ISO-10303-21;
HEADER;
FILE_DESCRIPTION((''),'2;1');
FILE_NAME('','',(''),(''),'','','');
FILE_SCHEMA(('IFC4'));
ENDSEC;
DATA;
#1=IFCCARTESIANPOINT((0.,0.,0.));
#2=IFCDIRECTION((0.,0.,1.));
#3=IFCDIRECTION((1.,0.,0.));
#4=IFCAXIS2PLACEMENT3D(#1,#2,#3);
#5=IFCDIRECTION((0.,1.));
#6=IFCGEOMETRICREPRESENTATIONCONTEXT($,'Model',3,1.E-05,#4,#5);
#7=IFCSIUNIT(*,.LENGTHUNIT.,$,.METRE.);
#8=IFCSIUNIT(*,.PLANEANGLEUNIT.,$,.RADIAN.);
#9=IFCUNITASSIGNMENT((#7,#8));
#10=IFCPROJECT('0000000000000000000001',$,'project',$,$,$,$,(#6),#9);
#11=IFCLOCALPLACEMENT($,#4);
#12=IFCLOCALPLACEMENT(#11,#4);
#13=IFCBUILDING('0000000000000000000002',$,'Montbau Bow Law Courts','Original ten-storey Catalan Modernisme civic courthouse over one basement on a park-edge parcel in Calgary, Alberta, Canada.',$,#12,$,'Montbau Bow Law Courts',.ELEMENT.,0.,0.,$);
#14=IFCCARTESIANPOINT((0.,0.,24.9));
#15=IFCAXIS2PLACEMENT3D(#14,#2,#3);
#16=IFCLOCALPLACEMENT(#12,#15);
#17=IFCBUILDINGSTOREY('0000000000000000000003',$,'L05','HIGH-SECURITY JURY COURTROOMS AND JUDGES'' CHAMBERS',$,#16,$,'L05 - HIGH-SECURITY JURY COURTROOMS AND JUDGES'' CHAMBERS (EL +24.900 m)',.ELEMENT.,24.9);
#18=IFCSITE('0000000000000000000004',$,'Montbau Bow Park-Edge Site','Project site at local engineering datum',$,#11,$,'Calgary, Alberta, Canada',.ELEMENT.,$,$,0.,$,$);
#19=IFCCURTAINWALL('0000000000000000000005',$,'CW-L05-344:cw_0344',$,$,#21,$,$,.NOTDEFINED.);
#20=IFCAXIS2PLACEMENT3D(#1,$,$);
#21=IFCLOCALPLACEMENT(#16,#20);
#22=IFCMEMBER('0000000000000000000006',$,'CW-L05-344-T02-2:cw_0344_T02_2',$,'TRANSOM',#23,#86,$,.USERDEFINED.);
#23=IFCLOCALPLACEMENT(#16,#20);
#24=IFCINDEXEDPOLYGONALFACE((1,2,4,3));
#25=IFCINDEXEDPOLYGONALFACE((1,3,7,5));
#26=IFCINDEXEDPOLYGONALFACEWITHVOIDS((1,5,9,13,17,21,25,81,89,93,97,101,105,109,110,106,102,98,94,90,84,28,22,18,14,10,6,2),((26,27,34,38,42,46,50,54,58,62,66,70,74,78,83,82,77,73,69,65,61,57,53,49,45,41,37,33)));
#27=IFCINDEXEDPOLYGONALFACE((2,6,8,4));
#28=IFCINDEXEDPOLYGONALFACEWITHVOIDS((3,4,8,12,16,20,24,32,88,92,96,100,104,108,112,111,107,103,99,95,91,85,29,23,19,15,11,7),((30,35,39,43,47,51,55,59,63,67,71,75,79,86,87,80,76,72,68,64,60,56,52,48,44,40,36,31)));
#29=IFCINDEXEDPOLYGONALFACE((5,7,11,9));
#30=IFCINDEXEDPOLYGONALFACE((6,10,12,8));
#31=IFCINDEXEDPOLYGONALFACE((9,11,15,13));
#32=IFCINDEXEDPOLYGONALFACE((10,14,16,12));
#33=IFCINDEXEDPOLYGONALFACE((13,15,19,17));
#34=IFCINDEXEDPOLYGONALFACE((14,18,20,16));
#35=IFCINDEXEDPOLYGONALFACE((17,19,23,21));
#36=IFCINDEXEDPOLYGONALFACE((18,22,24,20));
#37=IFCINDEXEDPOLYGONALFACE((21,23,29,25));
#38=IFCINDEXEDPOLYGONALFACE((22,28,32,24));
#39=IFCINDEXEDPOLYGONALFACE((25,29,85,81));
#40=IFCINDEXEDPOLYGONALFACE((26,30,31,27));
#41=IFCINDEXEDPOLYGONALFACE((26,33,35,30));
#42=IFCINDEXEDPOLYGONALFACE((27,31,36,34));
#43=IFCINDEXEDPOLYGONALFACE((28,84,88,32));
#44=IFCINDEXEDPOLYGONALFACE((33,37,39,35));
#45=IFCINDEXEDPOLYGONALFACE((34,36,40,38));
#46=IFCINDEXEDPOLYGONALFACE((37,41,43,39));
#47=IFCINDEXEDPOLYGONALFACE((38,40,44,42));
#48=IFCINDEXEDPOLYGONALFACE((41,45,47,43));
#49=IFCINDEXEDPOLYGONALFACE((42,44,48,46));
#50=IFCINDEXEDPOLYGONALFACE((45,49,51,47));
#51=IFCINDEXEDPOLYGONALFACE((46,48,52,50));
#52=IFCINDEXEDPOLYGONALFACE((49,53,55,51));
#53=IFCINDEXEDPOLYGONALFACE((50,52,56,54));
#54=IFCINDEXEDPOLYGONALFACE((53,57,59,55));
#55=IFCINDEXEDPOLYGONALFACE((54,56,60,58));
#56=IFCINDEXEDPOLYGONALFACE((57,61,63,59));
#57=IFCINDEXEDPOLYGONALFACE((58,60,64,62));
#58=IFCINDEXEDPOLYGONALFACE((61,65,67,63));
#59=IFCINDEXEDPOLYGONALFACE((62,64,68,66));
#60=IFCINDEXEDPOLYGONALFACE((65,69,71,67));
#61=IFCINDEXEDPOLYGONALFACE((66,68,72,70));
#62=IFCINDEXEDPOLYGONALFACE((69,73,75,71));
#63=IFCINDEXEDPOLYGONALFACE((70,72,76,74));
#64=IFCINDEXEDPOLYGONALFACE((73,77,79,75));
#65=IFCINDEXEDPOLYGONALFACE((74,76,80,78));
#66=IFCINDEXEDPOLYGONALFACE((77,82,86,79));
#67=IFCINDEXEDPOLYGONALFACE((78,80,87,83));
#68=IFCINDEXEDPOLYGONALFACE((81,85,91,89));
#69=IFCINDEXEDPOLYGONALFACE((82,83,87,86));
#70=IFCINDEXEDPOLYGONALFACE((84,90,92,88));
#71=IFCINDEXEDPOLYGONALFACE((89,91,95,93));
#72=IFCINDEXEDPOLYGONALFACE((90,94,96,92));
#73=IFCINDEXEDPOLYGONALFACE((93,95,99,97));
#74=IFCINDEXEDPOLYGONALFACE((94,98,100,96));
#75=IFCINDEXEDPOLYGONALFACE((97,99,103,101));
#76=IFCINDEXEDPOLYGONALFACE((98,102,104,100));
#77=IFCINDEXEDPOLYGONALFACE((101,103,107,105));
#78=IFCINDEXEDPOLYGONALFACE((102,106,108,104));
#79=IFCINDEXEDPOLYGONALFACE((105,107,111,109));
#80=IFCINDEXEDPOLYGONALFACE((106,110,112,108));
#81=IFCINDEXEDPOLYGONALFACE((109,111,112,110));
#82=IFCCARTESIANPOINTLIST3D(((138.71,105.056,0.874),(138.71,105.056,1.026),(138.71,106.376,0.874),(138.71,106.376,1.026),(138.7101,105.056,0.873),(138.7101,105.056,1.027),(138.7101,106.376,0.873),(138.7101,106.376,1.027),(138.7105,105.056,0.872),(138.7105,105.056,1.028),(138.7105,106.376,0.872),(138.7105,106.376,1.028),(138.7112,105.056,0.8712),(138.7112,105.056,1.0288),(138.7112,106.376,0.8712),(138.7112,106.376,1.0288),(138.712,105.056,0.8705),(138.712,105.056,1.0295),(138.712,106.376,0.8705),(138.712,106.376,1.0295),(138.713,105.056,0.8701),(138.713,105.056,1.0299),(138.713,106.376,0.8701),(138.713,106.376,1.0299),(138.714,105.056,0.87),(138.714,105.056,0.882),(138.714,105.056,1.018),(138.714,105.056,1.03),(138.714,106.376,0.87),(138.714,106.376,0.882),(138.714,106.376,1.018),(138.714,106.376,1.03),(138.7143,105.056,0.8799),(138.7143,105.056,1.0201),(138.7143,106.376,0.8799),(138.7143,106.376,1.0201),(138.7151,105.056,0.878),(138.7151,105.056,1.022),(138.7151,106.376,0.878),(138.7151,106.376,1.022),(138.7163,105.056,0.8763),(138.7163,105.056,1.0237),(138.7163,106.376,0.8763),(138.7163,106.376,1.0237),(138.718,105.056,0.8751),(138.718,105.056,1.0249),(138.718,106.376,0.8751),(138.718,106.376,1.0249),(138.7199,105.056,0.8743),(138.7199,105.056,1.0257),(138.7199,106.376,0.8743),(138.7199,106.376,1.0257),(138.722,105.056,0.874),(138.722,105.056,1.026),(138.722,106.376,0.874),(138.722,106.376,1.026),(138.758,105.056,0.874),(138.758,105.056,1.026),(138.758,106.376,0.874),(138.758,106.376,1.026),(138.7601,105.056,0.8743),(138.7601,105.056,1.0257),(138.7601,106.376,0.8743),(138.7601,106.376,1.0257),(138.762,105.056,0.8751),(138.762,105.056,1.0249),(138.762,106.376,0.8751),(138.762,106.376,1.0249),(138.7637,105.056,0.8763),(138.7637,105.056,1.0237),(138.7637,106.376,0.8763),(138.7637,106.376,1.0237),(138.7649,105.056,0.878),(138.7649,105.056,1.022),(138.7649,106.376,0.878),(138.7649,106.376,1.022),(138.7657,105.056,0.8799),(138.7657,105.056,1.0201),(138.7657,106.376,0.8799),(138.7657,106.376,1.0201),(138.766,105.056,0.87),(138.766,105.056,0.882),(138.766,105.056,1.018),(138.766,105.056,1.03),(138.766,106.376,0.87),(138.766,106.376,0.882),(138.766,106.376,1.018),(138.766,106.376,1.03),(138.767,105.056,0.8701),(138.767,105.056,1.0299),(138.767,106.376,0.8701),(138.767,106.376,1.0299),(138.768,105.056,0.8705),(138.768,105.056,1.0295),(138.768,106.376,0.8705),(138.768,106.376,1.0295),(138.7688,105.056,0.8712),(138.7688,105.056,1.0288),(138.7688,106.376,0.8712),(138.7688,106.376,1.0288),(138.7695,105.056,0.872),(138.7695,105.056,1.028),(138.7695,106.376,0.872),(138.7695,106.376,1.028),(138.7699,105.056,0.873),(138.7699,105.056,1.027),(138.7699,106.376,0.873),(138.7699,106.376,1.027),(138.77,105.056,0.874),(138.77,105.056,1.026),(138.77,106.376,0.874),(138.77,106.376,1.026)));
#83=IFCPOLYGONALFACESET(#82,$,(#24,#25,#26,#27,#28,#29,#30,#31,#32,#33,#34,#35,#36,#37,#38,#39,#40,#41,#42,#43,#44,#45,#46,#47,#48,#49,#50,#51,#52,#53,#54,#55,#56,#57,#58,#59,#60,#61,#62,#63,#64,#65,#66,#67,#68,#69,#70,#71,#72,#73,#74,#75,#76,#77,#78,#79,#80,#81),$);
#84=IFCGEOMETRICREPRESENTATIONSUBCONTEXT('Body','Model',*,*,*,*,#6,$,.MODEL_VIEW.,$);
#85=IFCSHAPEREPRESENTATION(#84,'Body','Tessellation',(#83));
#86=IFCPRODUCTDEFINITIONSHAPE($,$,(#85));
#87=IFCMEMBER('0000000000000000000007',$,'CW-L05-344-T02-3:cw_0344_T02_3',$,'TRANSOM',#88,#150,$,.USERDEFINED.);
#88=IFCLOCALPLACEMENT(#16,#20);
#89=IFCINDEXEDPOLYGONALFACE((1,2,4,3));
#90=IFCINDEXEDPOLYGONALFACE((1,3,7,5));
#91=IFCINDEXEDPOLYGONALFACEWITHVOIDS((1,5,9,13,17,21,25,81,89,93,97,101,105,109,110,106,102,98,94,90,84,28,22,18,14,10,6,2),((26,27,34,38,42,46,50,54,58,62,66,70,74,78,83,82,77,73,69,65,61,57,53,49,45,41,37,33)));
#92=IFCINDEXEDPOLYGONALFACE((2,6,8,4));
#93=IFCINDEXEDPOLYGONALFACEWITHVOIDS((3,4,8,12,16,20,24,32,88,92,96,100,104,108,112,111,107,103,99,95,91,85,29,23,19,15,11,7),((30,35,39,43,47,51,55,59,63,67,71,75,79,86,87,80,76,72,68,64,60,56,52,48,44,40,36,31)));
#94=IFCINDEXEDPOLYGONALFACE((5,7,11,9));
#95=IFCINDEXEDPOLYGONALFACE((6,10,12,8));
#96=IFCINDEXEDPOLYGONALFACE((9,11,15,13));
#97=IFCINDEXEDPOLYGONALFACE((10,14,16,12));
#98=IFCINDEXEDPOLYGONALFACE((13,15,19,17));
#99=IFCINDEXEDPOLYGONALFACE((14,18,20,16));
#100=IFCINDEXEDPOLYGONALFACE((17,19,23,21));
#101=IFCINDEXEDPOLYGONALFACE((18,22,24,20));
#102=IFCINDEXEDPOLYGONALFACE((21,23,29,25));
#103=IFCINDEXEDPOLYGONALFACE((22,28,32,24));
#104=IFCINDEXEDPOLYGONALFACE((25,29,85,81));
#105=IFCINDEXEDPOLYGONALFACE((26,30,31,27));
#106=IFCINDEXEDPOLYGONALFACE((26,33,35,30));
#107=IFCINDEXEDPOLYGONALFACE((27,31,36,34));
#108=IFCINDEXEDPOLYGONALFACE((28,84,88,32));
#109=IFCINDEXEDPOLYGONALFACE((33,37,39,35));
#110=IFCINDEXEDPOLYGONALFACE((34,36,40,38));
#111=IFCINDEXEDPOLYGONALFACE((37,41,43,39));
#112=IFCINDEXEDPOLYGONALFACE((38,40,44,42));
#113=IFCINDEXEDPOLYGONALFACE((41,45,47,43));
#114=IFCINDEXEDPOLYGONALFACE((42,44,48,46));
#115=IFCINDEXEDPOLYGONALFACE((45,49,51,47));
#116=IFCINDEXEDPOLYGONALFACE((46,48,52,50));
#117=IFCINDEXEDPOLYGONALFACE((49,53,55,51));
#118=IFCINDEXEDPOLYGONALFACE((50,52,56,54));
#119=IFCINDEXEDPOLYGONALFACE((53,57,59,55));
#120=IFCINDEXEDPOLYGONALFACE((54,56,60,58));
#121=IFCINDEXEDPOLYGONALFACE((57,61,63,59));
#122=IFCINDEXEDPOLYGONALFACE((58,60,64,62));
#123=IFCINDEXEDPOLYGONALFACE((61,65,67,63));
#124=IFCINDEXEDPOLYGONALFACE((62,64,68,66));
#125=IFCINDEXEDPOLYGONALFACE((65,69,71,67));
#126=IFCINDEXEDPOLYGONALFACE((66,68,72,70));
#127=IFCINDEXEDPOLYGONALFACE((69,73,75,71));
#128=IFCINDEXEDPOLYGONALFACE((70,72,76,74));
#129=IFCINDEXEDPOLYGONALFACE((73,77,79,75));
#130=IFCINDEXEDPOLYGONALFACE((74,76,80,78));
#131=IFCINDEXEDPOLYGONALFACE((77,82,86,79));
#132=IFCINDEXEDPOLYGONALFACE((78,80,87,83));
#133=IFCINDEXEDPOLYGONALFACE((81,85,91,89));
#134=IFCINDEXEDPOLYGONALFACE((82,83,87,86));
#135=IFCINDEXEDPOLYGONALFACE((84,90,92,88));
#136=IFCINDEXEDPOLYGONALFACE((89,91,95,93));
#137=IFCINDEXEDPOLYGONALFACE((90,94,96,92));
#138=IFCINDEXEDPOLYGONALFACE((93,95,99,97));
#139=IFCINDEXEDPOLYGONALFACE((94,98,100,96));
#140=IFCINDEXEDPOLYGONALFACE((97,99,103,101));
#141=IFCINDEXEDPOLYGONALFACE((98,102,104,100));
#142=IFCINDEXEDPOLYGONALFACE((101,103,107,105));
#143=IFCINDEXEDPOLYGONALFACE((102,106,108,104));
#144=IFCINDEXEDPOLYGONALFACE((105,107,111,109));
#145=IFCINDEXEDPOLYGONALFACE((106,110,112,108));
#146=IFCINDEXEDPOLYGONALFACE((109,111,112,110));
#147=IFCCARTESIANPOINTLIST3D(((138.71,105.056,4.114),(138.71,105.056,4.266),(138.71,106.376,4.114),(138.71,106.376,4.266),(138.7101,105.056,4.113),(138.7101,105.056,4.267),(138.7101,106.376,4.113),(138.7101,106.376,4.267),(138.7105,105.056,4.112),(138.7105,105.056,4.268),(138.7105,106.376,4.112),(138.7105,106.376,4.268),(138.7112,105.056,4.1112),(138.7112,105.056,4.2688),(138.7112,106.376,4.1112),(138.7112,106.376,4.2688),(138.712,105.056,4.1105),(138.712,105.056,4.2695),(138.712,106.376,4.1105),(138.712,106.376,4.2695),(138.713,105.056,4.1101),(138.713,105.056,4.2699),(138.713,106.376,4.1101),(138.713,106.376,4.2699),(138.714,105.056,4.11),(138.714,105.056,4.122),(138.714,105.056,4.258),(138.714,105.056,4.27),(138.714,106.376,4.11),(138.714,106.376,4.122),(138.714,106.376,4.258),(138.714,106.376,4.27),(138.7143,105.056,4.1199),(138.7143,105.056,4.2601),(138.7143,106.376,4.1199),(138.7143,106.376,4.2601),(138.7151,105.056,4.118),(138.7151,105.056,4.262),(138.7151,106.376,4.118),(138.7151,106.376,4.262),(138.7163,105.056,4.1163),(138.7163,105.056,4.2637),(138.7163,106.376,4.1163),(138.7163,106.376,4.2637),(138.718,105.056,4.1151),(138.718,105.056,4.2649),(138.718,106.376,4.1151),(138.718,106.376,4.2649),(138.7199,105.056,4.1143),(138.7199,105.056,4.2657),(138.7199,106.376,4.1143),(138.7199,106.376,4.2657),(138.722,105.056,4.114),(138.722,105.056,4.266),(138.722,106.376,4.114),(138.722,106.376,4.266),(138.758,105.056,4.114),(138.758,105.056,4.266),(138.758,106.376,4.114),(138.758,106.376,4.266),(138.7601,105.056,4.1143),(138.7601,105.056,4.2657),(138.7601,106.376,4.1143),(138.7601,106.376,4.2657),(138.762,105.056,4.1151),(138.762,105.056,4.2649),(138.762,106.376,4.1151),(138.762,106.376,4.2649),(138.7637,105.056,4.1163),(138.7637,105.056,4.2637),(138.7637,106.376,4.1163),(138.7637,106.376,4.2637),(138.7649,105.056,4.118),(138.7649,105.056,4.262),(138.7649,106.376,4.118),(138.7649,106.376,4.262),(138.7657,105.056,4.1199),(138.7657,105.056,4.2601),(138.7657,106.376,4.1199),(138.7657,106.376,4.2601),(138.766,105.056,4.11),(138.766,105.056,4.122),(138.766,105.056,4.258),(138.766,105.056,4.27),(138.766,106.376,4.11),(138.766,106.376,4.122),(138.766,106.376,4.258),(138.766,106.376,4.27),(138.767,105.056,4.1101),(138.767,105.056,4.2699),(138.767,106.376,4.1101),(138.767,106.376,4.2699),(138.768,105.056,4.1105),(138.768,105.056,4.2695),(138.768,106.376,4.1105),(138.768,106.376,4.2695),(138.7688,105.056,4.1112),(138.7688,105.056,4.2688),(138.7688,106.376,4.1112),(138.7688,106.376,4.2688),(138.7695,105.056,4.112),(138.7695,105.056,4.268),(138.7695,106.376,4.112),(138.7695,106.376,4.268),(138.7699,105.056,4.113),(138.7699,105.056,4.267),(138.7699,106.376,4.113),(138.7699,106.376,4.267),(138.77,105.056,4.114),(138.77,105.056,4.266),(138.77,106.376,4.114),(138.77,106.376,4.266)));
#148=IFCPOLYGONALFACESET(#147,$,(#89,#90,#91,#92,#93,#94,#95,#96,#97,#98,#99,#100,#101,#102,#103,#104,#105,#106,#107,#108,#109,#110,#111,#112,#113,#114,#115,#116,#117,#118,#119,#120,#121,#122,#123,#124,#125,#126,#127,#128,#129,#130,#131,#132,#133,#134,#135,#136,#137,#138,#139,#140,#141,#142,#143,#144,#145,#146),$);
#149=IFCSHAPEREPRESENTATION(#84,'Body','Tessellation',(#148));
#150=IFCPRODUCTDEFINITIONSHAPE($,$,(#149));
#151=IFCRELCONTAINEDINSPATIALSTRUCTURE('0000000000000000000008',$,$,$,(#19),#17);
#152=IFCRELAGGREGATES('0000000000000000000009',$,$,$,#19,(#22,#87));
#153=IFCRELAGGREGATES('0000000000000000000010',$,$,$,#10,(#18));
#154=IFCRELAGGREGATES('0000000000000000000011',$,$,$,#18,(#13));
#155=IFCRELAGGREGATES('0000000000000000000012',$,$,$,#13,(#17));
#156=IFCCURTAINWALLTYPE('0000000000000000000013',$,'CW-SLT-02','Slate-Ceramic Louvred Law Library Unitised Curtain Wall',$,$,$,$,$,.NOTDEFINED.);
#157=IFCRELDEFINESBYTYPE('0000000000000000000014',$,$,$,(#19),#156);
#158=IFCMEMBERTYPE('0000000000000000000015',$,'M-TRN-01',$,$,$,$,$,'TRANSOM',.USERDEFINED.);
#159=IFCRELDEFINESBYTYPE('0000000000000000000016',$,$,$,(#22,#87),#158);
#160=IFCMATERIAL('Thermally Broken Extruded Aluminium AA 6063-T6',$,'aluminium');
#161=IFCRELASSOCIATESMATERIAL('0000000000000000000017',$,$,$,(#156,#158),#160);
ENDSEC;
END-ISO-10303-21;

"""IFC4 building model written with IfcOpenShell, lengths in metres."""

from ifc_helpers import new_model, si_unit, direction, frame, origin_with_axes, origin_2d_with_axis, place, context, subcontext, project, spatial, hollow_rectangle, extrude, material, material_profile, profile_set, type_object, element, aggregate, save


model = new_model("IFC4")

# Units and contexts
model_context = context("Model", 3, precision=1e-05, world=origin_with_axes(), true_north=direction((0.0, 1.0)))
body_context = subcontext(model_context, "Body", "Model", "MODEL_VIEW")
ifc_project = project(units=[si_unit("LENGTHUNIT", "METRE"), si_unit("PLANEANGLEUNIT", "RADIAN")], contexts=[model_context])

# Site, building, storey
site_placement = place(None, origin_with_axes())
site = spatial("IfcSite", under=ifc_project, at=site_placement, Name="Montbau Bow Park-Edge Site", Description="Project site at local engineering datum", LongName="Calgary, Alberta, Canada", CompositionType="ELEMENT", RefElevation=0.0)
building_placement = place(site_placement, origin_with_axes())
building = spatial("IfcBuilding", under=site, at=building_placement, Name="Montbau Bow Law Courts", Description="Original ten-storey Catalan Modernisme civic courthouse over one basement on a park-edge parcel in Calgary, Alberta, Canada.", LongName="Montbau Bow Law Courts", CompositionType="ELEMENT", ElevationOfRefHeight=0.0, ElevationOfTerrain=0.0)
storey_placement = place(building_placement, frame((0.0, 0.0, 24.9), z_axis=(0.0, 0.0, 1.0), x_axis=(1.0, 0.0, 0.0)))
storey = spatial("IfcBuildingStorey", under=building, at=storey_placement, Name="L05", Description="HIGH-SECURITY JURY COURTROOMS AND JUDGES' CHAMBERS", LongName="L05 - HIGH-SECURITY JURY COURTROOMS AND JUDGES' CHAMBERS (EL +24.900 m)", CompositionType="ELEMENT", Elevation=24.9)

# Curtain wall, members
ifc_material_1 = material(Name="Thermally Broken Extruded Aluminium AA 6063-T6", Category="aluminium")
curtain_wall_type = type_object("IfcCurtainWallType", Name="CW-SLT-02", Description="Slate-Ceramic Louvred Law Library Unitised Curtain Wall", PredefinedType="NOTDEFINED", material=ifc_material_1)
curtain_wall_placement = place(None, frame((138.74, 103.64, 24.9), z_axis=(0.0, 0.0, 1.0), x_axis=(1.0, 0.0, 0.0)))
curtain_wall = element("IfcCurtainWall", 1, at=curtain_wall_placement, inside=storey, type_object=curtain_wall_type, Name="CW-L05-344:cw_0344", PredefinedType="NOTDEFINED")
ifc_material_profile_1 = material_profile(ifc_material_1, hollow_rectangle(XDim=0.06, YDim=0.16, WallThickness=0.004, InnerFilletRadius=0.008, OuterFilletRadius=0.004, at=origin_2d_with_axis()), Name="CWT-160X60", Category="Main", Priority=0)
ifc_profile_set_1 = profile_set([ifc_material_profile_1], Name="Thermally Broken Extruded Aluminium AA 6063-T6")
member_type_1 = type_object("IfcMemberType", Name="M-TRN-01", ElementType="TRANSOM", PredefinedType="USERDEFINED", material=ifc_profile_set_1)
member_1_placement = place(None, frame((138.74, 105.056, 25.85), z_axis=(0.0, 1.0, 0.0), x_axis=(-1.0, 0.0, 0.0)))
member_1 = element("IfcMember", 2, at=member_1_placement, type_object=member_type_1, Name="CW-L05-344-T02-2:cw_0344_T02_2", ObjectType="TRANSOM", PredefinedType="USERDEFINED", context=body_context, shape_type="SweptSolid", body=[
    extrude(hollow_rectangle(XDim=0.06, YDim=0.16, WallThickness=0.004, InnerFilletRadius=0.008, OuterFilletRadius=0.004, at=origin_2d_with_axis()), origin_with_axes(), (0.0, 0.0, 1.0), 1.32),
])
member_2_placement = place(None, frame((138.74, 105.056, 29.09), z_axis=(0.0, 1.0, 0.0), x_axis=(-1.0, 0.0, 0.0)))
member_2 = element("IfcMember", 3, at=member_2_placement, type_object=member_type_1, Name="CW-L05-344-T02-3:cw_0344_T02_3", ObjectType="TRANSOM", PredefinedType="USERDEFINED", context=body_context, shape_type="SweptSolid", body=[
    extrude(hollow_rectangle(XDim=0.06, YDim=0.16, WallThickness=0.004, InnerFilletRadius=0.008, OuterFilletRadius=0.004, at=origin_2d_with_axis()), origin_with_axes(), (0.0, 0.0, 1.0), 1.32),
])
aggregate(curtain_wall, [member_1, member_2])

save(model, "model.ifc")
